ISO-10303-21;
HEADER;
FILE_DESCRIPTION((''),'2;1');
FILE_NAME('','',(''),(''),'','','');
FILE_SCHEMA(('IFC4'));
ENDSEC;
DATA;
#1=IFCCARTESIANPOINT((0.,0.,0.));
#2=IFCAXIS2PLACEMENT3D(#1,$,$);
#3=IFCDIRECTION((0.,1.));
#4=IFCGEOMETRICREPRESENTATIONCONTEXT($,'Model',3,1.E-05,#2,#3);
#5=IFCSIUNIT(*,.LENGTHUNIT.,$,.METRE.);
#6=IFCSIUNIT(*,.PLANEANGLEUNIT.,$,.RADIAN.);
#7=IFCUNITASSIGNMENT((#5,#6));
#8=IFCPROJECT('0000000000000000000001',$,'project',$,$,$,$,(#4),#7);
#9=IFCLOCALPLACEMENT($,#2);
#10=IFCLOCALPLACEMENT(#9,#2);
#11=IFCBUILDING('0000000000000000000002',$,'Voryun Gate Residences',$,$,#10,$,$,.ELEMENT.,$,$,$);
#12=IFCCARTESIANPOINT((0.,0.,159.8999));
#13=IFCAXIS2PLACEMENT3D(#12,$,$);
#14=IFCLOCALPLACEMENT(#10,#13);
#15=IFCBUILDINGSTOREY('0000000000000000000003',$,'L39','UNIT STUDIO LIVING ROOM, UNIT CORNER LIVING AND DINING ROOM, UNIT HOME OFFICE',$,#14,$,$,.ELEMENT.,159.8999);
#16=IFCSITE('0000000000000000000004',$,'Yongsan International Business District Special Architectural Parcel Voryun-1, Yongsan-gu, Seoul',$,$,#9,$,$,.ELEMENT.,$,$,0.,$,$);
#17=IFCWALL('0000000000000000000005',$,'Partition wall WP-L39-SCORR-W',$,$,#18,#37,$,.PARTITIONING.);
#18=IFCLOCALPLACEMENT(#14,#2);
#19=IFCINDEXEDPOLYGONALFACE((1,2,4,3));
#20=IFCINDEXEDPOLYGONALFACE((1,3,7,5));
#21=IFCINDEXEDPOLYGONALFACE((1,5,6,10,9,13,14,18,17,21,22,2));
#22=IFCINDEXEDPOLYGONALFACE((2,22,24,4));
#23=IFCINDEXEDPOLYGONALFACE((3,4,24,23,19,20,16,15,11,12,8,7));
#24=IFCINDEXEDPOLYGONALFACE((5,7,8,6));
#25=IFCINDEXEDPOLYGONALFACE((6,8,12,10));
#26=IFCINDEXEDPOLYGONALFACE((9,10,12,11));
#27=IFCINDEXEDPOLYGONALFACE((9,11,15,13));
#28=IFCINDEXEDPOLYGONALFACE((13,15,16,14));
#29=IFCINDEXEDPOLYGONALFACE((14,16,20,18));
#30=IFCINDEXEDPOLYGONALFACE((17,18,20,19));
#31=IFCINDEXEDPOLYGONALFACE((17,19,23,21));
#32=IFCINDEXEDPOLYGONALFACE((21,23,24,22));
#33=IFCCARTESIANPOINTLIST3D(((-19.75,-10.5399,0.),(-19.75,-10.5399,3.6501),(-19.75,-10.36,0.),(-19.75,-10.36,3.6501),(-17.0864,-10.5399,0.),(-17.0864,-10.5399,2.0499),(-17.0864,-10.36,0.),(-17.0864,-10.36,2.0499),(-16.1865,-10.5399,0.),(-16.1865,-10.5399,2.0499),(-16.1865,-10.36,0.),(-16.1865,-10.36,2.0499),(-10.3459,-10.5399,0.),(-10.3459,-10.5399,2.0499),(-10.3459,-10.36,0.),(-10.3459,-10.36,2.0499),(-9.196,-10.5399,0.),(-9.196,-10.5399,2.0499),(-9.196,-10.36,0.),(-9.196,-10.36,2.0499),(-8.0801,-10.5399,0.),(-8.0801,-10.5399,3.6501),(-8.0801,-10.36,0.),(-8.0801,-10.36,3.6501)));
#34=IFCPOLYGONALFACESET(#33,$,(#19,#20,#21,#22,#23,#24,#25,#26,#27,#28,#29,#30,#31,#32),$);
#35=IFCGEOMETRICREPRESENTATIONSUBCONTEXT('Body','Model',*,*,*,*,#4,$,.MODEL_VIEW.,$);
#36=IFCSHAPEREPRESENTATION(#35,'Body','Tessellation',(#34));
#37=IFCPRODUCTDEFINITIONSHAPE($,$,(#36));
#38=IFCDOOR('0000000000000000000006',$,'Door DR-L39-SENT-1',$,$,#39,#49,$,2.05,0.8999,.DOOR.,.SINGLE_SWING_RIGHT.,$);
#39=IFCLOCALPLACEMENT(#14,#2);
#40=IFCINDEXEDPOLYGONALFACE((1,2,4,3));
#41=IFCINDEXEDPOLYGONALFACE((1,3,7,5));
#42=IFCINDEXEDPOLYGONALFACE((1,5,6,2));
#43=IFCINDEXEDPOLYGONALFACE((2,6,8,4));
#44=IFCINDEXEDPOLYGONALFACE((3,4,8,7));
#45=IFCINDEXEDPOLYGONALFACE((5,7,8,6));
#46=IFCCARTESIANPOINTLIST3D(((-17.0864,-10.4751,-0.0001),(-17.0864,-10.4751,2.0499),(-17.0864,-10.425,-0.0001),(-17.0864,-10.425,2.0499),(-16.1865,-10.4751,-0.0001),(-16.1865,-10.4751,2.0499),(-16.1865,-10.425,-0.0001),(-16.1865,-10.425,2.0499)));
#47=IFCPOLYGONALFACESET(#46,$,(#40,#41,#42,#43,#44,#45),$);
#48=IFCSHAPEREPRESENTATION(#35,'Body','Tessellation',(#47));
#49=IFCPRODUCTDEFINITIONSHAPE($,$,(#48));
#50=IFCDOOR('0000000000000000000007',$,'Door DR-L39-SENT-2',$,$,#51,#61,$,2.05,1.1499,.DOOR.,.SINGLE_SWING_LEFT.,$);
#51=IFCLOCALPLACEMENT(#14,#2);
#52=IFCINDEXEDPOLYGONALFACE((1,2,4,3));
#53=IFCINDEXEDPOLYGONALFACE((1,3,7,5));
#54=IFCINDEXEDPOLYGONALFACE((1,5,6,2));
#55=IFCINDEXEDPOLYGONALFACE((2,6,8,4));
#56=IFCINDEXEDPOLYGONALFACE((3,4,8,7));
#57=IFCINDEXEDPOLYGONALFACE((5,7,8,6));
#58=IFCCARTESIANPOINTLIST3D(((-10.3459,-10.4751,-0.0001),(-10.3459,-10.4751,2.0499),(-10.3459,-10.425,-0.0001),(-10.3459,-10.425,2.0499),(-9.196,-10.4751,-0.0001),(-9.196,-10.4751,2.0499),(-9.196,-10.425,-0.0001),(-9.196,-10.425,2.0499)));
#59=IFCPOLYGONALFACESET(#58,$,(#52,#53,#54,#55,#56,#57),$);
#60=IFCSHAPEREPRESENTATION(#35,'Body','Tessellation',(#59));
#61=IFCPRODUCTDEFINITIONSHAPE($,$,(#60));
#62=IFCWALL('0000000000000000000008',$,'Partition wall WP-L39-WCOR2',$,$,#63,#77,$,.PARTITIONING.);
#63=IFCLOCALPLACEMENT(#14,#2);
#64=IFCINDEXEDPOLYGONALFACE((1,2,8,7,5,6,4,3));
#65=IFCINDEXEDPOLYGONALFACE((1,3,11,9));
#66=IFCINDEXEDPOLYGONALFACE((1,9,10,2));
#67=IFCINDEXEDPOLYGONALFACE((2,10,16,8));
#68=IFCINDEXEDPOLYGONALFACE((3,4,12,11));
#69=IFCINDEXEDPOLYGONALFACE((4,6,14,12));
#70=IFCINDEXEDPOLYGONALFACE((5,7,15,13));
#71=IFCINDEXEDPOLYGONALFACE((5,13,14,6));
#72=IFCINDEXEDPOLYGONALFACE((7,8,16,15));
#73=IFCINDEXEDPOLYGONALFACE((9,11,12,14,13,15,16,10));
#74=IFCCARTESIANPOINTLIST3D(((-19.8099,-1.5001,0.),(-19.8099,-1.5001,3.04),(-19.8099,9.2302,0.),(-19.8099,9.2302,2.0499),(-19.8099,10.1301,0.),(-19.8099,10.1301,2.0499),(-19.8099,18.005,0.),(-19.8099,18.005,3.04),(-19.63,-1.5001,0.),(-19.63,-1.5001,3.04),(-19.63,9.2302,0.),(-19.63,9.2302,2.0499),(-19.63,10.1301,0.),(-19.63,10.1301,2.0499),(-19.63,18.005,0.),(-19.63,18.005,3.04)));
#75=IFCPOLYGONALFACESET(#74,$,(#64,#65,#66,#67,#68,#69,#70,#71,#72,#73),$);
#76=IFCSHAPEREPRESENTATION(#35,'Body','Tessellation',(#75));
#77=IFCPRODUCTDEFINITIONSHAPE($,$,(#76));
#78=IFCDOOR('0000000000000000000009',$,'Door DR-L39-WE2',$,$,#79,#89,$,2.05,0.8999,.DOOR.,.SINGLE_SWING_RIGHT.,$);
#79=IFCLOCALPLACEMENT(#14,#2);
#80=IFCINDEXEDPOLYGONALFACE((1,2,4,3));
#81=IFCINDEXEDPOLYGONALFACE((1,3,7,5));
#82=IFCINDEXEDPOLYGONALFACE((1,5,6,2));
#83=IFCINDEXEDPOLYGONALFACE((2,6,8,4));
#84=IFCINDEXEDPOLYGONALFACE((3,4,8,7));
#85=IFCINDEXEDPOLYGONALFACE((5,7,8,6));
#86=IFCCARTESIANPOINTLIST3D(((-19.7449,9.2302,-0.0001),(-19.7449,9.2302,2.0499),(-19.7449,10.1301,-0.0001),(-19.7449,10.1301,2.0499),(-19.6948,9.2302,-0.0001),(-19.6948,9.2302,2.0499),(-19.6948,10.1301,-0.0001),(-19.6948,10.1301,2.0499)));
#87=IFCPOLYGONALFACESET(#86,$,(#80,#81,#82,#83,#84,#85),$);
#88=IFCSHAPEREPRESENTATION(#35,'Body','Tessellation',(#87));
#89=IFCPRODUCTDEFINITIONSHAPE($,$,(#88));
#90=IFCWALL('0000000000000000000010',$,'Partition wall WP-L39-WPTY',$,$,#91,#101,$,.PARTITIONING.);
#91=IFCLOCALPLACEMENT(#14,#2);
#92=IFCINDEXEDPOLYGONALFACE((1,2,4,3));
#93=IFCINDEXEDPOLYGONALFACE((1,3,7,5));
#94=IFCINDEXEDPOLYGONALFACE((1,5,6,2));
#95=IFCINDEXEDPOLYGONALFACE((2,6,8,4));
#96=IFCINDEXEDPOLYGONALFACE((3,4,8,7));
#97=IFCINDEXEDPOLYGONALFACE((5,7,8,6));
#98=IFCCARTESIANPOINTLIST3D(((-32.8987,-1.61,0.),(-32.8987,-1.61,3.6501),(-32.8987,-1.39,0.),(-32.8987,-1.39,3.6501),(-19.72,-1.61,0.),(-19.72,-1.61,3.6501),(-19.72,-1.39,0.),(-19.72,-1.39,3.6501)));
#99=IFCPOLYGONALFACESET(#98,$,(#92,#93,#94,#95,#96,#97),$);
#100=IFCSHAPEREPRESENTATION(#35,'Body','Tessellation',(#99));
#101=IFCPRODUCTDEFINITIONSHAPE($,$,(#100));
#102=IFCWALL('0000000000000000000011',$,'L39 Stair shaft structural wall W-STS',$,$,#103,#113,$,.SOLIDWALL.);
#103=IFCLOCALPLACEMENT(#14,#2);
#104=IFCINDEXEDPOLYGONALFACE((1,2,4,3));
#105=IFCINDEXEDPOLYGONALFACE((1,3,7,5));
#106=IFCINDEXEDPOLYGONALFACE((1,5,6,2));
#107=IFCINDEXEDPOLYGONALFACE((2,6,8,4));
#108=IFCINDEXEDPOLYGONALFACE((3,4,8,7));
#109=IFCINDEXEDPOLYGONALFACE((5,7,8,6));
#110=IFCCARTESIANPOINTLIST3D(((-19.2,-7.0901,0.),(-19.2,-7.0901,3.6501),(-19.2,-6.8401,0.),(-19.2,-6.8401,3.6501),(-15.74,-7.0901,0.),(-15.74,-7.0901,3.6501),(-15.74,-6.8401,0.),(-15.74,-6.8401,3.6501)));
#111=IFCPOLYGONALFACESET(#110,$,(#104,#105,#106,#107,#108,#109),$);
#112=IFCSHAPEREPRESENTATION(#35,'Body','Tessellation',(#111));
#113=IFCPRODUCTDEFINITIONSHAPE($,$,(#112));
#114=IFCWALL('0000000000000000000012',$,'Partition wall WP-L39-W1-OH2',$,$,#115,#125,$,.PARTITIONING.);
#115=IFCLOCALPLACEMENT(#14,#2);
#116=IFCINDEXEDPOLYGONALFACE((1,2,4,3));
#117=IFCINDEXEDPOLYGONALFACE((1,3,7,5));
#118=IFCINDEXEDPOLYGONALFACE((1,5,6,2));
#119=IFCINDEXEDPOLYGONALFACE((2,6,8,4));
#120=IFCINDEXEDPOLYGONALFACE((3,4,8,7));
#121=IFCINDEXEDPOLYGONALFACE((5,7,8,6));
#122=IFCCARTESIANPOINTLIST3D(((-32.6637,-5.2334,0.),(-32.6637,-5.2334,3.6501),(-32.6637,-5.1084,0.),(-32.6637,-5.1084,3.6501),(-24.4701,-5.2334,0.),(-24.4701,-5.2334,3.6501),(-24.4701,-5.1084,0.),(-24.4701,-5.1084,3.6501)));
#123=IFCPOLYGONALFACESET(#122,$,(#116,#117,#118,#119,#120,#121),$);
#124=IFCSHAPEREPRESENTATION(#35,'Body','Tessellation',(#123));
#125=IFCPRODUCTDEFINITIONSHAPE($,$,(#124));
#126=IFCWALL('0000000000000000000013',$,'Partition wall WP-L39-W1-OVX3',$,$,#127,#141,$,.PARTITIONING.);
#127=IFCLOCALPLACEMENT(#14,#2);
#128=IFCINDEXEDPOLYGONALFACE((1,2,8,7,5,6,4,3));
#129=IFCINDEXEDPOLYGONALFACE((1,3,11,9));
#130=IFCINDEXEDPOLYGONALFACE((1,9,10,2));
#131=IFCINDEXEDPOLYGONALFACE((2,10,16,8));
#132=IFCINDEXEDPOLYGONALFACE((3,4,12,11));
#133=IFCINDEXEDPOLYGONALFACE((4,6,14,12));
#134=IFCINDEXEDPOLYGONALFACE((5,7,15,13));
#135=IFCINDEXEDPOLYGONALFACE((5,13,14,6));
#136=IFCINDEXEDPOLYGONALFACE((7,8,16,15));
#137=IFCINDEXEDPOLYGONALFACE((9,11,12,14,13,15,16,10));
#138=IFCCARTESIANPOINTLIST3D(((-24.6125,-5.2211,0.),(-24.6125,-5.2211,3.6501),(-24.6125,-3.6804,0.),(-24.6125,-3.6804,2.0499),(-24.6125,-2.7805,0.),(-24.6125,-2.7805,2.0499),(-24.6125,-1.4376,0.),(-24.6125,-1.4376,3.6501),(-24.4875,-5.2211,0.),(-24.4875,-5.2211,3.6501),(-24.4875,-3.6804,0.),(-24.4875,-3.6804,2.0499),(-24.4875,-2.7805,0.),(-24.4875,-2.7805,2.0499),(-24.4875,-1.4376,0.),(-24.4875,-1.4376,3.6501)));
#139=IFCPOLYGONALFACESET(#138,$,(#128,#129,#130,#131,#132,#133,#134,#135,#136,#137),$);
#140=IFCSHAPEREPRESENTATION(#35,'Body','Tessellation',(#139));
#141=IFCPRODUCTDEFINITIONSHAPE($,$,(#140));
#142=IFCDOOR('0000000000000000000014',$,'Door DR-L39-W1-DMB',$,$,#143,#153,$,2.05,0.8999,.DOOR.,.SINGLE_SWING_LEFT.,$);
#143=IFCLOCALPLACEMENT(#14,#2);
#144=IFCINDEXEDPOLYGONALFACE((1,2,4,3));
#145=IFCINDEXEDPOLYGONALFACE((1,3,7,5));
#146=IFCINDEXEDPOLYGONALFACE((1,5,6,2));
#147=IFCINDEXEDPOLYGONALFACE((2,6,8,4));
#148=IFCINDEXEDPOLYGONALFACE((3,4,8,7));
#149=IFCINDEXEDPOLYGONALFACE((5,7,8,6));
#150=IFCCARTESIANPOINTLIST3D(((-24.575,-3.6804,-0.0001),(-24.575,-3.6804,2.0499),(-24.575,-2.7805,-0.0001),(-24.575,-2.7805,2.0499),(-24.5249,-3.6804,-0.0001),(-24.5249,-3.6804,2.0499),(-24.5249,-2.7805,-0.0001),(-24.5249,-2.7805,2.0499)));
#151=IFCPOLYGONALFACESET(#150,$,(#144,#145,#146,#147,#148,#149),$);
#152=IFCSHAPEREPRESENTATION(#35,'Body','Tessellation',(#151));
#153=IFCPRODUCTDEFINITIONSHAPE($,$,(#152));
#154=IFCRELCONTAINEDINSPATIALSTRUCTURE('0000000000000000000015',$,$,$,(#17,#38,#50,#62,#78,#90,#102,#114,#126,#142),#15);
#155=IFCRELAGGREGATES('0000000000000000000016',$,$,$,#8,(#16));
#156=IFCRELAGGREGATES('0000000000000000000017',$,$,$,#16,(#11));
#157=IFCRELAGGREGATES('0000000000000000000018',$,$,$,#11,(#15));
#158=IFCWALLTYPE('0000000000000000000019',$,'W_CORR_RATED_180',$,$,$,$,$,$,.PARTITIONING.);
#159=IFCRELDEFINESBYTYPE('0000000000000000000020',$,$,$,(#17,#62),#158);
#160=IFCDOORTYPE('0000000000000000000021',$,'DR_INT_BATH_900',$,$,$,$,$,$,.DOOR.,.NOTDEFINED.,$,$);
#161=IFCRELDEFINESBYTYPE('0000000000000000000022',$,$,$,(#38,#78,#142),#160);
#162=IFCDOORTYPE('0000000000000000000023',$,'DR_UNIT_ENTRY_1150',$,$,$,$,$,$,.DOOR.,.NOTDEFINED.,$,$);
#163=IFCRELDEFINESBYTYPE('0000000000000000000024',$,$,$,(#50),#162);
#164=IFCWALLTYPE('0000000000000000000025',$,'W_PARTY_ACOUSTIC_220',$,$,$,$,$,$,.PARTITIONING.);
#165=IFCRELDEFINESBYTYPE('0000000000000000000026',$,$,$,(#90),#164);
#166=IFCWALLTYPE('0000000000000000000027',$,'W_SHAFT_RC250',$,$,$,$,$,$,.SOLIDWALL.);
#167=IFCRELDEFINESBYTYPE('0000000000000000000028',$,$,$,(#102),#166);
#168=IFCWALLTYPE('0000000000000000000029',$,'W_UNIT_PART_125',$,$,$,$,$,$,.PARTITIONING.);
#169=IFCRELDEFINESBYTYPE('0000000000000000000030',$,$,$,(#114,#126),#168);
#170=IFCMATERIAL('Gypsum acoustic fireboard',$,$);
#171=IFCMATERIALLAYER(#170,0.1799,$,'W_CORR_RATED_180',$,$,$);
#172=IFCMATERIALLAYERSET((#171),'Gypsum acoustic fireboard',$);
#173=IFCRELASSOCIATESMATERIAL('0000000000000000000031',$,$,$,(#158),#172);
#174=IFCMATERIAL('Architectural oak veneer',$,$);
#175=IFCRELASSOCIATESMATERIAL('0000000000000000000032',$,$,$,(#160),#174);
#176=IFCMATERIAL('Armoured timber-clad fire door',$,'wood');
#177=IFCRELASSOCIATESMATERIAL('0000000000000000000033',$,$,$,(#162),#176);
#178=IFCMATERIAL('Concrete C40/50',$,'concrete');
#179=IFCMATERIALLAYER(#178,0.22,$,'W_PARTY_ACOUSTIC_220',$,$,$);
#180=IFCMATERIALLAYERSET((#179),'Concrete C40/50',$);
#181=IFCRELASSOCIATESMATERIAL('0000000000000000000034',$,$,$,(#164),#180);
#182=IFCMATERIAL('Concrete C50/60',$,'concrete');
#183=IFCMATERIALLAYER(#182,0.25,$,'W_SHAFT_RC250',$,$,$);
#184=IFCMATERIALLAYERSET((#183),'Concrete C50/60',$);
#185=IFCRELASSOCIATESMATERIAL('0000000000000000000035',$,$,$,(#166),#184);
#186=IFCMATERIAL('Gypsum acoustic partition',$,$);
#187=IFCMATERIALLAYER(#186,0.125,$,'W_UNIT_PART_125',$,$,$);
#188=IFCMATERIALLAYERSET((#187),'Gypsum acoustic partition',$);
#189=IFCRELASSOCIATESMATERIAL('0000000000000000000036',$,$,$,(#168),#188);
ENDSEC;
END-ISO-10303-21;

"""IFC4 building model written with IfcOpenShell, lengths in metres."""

from ifc_helpers import new_model, si_unit, direction, frame, frame_2d, origin, place, context, subcontext, project, spatial, rectangle, extrude, material, layer, layer_set, type_object, element, fill, save


model = new_model("IFC4")

# Units and contexts
model_context = context("Model", 3, precision=1e-05, world=origin(), true_north=direction((0.0, 1.0)))
body_context = subcontext(model_context, "Body", "Model", "MODEL_VIEW")
ifc_project = project(units=[si_unit("LENGTHUNIT", "METRE"), si_unit("PLANEANGLEUNIT", "RADIAN")], contexts=[model_context])

# Site, building, storey
site_placement = place(None, origin())
site = spatial("IfcSite", under=ifc_project, at=site_placement, Name="Yongsan International Business District Special Architectural Parcel Voryun-1, Yongsan-gu, Seoul", CompositionType="ELEMENT", RefElevation=0.0)
building_placement = place(site_placement, origin())
building = spatial("IfcBuilding", under=site, at=building_placement, Name="Voryun Gate Residences", CompositionType="ELEMENT")
storey_placement = place(building_placement, frame((0.0, 0.0, 159.8999)))
storey = spatial("IfcBuildingStorey", under=building, at=storey_placement, Name="L39", Description="UNIT STUDIO LIVING ROOM, UNIT CORNER LIVING AND DINING ROOM, UNIT HOME OFFICE", CompositionType="ELEMENT", Elevation=159.8999)

# Wall, openings, doors
ifc_material_1 = material(Name="Gypsum acoustic fireboard")
ifc_layer_1 = layer(ifc_material_1, 0.1799, Name="W_CORR_RATED_180")
ifc_layer_set_1 = layer_set([ifc_layer_1], Name="Gypsum acoustic fireboard")
wall_type_1 = type_object("IfcWallType", Name="W_CORR_RATED_180", PredefinedType="PARTITIONING", material=ifc_layer_set_1)
wall_1_placement = place(storey_placement, frame((-19.75, -10.45, 0.0), z_axis=(0.0, 0.0, 1.0), x_axis=(1.0, 0.0, 0.0)))
wall_1 = element("IfcWall", 1, at=wall_1_placement, inside=storey, type_object=wall_type_1, Name="Partition wall WP-L39-SCORR-W", PredefinedType="PARTITIONING", context=body_context, shape_type="SweptSolid", body=[
    extrude(rectangle(XDim=11.6699, YDim=0.1799, at=frame_2d((5.835, 0.0))), origin(), (0.0, 0.0, 1.0), 3.6501),
])
opening_1_placement = place(wall_1_placement, frame((2.6636, 0.0, 0.0)))
opening_1 = element("IfcOpeningElement", 2, at=opening_1_placement, cuts=wall_1, PredefinedType="OPENING", context=body_context, shape_type="SweptSolid", body=[
    extrude(rectangle(XDim=0.8999, YDim=2.05, at=frame_2d((0.45, 1.0249))), frame((0.0, 0.0999, 0.0), z_axis=(0.0, -1.0, 0.0), x_axis=(1.0, 0.0, 0.0)), (0.0, 0.0, 1.0), 0.2),
])
opening_2_placement = place(wall_1_placement, frame((9.4041, 0.0, 0.0)))
opening_2 = element("IfcOpeningElement", 3, at=opening_2_placement, cuts=wall_1, PredefinedType="OPENING", context=body_context, shape_type="SweptSolid", body=[
    extrude(rectangle(XDim=1.1499, YDim=2.05, at=frame_2d((0.575, 1.0249))), frame((0.0, 0.0999, 0.0), z_axis=(0.0, -1.0, 0.0), x_axis=(1.0, 0.0, 0.0)), (0.0, 0.0, 1.0), 0.2),
])
ifc_material_2 = material(Name="Architectural oak veneer")
door_type_1 = type_object("IfcDoorType", Name="DR_INT_BATH_900", OperationType="NOTDEFINED", PredefinedType="DOOR", material=ifc_material_2)
door_1_placement = place(opening_1_placement, origin())
door_1 = element("IfcDoor", 4, at=door_1_placement, inside=storey, type_object=door_type_1, Name="Door DR-L39-SENT-1", OperationType="SINGLE_SWING_RIGHT", OverallHeight=2.05, OverallWidth=0.8999, PredefinedType="DOOR", context=body_context, shape_type="SweptSolid", body=[
    extrude(rectangle(XDim=0.8999, YDim=2.05, at=frame_2d((0.45, 1.0249))), frame((0.0, 0.0249, 0.0), z_axis=(0.0, -1.0, 0.0), x_axis=(1.0, 0.0, 0.0)), (0.0, 0.0, 1.0), 0.05),
])
fill(opening_1, door_1)
ifc_material_3 = material(Name="Armoured timber-clad fire door", Category="wood")
door_type_2 = type_object("IfcDoorType", Name="DR_UNIT_ENTRY_1150", OperationType="NOTDEFINED", PredefinedType="DOOR", material=ifc_material_3)
door_2_placement = place(opening_2_placement, origin())
door_2 = element("IfcDoor", 5, at=door_2_placement, inside=storey, type_object=door_type_2, Name="Door DR-L39-SENT-2", OperationType="SINGLE_SWING_LEFT", OverallHeight=2.05, OverallWidth=1.1499, PredefinedType="DOOR", context=body_context, shape_type="SweptSolid", body=[
    extrude(rectangle(XDim=1.1499, YDim=2.05, at=frame_2d((0.575, 1.0249))), frame((0.0, 0.0249, 0.0), z_axis=(0.0, -1.0, 0.0), x_axis=(1.0, 0.0, 0.0)), (0.0, 0.0, 1.0), 0.05),
])
fill(opening_2, door_2)

# Wall, opening, door
wall_2_placement = place(storey_placement, frame((-19.72, -1.5, 0.0), z_axis=(0.0, 0.0, 1.0), x_axis=(0.0, 1.0, 0.0)))
wall_2 = element("IfcWall", 6, at=wall_2_placement, inside=storey, type_object=wall_type_1, Name="Partition wall WP-L39-WCOR2", PredefinedType="PARTITIONING", context=body_context, shape_type="SweptSolid", body=[
    extrude(rectangle(XDim=19.5051, YDim=0.1799, at=frame_2d((9.7524, 0.0))), origin(), (0.0, 0.0, 1.0), 3.04),
])
opening_3_placement = place(wall_2_placement, frame((10.7302, 0.0, 0.0)))
opening_3 = element("IfcOpeningElement", 7, at=opening_3_placement, cuts=wall_2, PredefinedType="OPENING", context=body_context, shape_type="SweptSolid", body=[
    extrude(rectangle(XDim=0.8999, YDim=2.05, at=frame_2d((0.45, 1.0249))), frame((0.0, 0.0999, 0.0), z_axis=(0.0, -1.0, 0.0), x_axis=(1.0, 0.0, 0.0)), (0.0, 0.0, 1.0), 0.2),
])
door_3_placement = place(opening_3_placement, origin())
door_3 = element("IfcDoor", 8, at=door_3_placement, inside=storey, type_object=door_type_1, Name="Door DR-L39-WE2", OperationType="SINGLE_SWING_RIGHT", OverallHeight=2.05, OverallWidth=0.8999, PredefinedType="DOOR", context=body_context, shape_type="SweptSolid", body=[
    extrude(rectangle(XDim=0.8999, YDim=2.05, at=frame_2d((0.45, 1.0249))), frame((0.0, 0.0249, 0.0), z_axis=(0.0, -1.0, 0.0), x_axis=(1.0, 0.0, 0.0)), (0.0, 0.0, 1.0), 0.05),
])
fill(opening_3, door_3)

# Walls
ifc_material_4 = material(Name="Concrete C40/50", Category="concrete")
ifc_layer_2 = layer(ifc_material_4, 0.22, Name="W_PARTY_ACOUSTIC_220")
ifc_layer_set_2 = layer_set([ifc_layer_2], Name="Concrete C40/50")
wall_type_2 = type_object("IfcWallType", Name="W_PARTY_ACOUSTIC_220", PredefinedType="PARTITIONING", material=ifc_layer_set_2)
wall_3_placement = place(storey_placement, frame((-19.72, -1.5, 0.0), z_axis=(0.0, 0.0, 1.0), x_axis=(-1.0, 0.0, 0.0)))
element("IfcWall", 9, at=wall_3_placement, inside=storey, type_object=wall_type_2, Name="Partition wall WP-L39-WPTY", PredefinedType="PARTITIONING", context=body_context, shape_type="SweptSolid", body=[
    extrude(rectangle(XDim=13.1787, YDim=0.22, at=frame_2d((6.5894, 0.0))), origin(), (0.0, 0.0, 1.0), 3.6501),
])
ifc_material_5 = material(Name="Concrete C50/60", Category="concrete")
ifc_layer_3 = layer(ifc_material_5, 0.25, Name="W_SHAFT_RC250")
ifc_layer_set_3 = layer_set([ifc_layer_3], Name="Concrete C50/60")
wall_type_3 = type_object("IfcWallType", Name="W_SHAFT_RC250", PredefinedType="SOLIDWALL", material=ifc_layer_set_3)
wall_4_placement = place(storey_placement, frame((-19.2, -6.9651, 0.0), z_axis=(0.0, 0.0, 1.0), x_axis=(1.0, 0.0, 0.0)))
element("IfcWall", 10, at=wall_4_placement, inside=storey, type_object=wall_type_3, Name="L39 Stair shaft structural wall W-STS", PredefinedType="SOLIDWALL", context=body_context, shape_type="SweptSolid", body=[
    extrude(rectangle(XDim=3.46, YDim=0.25, at=frame_2d((1.73, 0.0))), origin(), (0.0, 0.0, 1.0), 3.6501),
])
ifc_material_6 = material(Name="Gypsum acoustic partition")
ifc_layer_4 = layer(ifc_material_6, 0.125, Name="W_UNIT_PART_125")
ifc_layer_set_4 = layer_set([ifc_layer_4], Name="Gypsum acoustic partition")
wall_type_4 = type_object("IfcWallType", Name="W_UNIT_PART_125", PredefinedType="PARTITIONING", material=ifc_layer_set_4)
wall_5_placement = place(storey_placement, frame((-32.6636, -5.1709, 0.0), z_axis=(0.0, 0.0, 1.0), x_axis=(1.0, 0.0, 0.0)))
element("IfcWall", 11, at=wall_5_placement, inside=storey, type_object=wall_type_4, Name="Partition wall WP-L39-W1-OH2", PredefinedType="PARTITIONING", context=body_context, shape_type="SweptSolid", body=[
    extrude(rectangle(XDim=8.1936, YDim=0.125, at=frame_2d((4.0967, 0.0))), origin(), (0.0, 0.0, 1.0), 3.6501),
])

# Wall, opening, door
wall_6_placement = place(storey_placement, frame((-24.55, -5.2209, 0.0), z_axis=(0.0, 0.0, 1.0), x_axis=(0.0, 1.0, 0.0)))
wall_6 = element("IfcWall", 12, at=wall_6_placement, inside=storey, type_object=wall_type_4, Name="Partition wall WP-L39-W1-OVX3", PredefinedType="PARTITIONING", context=body_context, shape_type="SweptSolid", body=[
    extrude(rectangle(XDim=3.7834, YDim=0.125, at=frame_2d((1.8916, 0.0))), origin(), (0.0, 0.0, 1.0), 3.6501),
])
opening_4_placement = place(wall_6_placement, frame((1.5405, 0.0, 0.0)))
opening_4 = element("IfcOpeningElement", 13, at=opening_4_placement, cuts=wall_6, PredefinedType="OPENING", context=body_context, shape_type="SweptSolid", body=[
    extrude(rectangle(XDim=0.8999, YDim=2.05, at=frame_2d((0.45, 1.0249))), frame((0.0, 0.0725, 0.0), z_axis=(0.0, -1.0, 0.0), x_axis=(1.0, 0.0, 0.0)), (0.0, 0.0, 1.0), 0.145),
])
door_4_placement = place(opening_4_placement, origin())
door_4 = element("IfcDoor", 14, at=door_4_placement, inside=storey, type_object=door_type_1, Name="Door DR-L39-W1-DMB", OperationType="SINGLE_SWING_LEFT", OverallHeight=2.05, OverallWidth=0.8999, PredefinedType="DOOR", context=body_context, shape_type="SweptSolid", body=[
    extrude(rectangle(XDim=0.8999, YDim=2.05, at=frame_2d((0.45, 1.0249))), frame((0.0, 0.0249, 0.0), z_axis=(0.0, -1.0, 0.0), x_axis=(1.0, 0.0, 0.0)), (0.0, 0.0, 1.0), 0.05),
])
fill(opening_4, door_4)

save(model, "model.ifc")
